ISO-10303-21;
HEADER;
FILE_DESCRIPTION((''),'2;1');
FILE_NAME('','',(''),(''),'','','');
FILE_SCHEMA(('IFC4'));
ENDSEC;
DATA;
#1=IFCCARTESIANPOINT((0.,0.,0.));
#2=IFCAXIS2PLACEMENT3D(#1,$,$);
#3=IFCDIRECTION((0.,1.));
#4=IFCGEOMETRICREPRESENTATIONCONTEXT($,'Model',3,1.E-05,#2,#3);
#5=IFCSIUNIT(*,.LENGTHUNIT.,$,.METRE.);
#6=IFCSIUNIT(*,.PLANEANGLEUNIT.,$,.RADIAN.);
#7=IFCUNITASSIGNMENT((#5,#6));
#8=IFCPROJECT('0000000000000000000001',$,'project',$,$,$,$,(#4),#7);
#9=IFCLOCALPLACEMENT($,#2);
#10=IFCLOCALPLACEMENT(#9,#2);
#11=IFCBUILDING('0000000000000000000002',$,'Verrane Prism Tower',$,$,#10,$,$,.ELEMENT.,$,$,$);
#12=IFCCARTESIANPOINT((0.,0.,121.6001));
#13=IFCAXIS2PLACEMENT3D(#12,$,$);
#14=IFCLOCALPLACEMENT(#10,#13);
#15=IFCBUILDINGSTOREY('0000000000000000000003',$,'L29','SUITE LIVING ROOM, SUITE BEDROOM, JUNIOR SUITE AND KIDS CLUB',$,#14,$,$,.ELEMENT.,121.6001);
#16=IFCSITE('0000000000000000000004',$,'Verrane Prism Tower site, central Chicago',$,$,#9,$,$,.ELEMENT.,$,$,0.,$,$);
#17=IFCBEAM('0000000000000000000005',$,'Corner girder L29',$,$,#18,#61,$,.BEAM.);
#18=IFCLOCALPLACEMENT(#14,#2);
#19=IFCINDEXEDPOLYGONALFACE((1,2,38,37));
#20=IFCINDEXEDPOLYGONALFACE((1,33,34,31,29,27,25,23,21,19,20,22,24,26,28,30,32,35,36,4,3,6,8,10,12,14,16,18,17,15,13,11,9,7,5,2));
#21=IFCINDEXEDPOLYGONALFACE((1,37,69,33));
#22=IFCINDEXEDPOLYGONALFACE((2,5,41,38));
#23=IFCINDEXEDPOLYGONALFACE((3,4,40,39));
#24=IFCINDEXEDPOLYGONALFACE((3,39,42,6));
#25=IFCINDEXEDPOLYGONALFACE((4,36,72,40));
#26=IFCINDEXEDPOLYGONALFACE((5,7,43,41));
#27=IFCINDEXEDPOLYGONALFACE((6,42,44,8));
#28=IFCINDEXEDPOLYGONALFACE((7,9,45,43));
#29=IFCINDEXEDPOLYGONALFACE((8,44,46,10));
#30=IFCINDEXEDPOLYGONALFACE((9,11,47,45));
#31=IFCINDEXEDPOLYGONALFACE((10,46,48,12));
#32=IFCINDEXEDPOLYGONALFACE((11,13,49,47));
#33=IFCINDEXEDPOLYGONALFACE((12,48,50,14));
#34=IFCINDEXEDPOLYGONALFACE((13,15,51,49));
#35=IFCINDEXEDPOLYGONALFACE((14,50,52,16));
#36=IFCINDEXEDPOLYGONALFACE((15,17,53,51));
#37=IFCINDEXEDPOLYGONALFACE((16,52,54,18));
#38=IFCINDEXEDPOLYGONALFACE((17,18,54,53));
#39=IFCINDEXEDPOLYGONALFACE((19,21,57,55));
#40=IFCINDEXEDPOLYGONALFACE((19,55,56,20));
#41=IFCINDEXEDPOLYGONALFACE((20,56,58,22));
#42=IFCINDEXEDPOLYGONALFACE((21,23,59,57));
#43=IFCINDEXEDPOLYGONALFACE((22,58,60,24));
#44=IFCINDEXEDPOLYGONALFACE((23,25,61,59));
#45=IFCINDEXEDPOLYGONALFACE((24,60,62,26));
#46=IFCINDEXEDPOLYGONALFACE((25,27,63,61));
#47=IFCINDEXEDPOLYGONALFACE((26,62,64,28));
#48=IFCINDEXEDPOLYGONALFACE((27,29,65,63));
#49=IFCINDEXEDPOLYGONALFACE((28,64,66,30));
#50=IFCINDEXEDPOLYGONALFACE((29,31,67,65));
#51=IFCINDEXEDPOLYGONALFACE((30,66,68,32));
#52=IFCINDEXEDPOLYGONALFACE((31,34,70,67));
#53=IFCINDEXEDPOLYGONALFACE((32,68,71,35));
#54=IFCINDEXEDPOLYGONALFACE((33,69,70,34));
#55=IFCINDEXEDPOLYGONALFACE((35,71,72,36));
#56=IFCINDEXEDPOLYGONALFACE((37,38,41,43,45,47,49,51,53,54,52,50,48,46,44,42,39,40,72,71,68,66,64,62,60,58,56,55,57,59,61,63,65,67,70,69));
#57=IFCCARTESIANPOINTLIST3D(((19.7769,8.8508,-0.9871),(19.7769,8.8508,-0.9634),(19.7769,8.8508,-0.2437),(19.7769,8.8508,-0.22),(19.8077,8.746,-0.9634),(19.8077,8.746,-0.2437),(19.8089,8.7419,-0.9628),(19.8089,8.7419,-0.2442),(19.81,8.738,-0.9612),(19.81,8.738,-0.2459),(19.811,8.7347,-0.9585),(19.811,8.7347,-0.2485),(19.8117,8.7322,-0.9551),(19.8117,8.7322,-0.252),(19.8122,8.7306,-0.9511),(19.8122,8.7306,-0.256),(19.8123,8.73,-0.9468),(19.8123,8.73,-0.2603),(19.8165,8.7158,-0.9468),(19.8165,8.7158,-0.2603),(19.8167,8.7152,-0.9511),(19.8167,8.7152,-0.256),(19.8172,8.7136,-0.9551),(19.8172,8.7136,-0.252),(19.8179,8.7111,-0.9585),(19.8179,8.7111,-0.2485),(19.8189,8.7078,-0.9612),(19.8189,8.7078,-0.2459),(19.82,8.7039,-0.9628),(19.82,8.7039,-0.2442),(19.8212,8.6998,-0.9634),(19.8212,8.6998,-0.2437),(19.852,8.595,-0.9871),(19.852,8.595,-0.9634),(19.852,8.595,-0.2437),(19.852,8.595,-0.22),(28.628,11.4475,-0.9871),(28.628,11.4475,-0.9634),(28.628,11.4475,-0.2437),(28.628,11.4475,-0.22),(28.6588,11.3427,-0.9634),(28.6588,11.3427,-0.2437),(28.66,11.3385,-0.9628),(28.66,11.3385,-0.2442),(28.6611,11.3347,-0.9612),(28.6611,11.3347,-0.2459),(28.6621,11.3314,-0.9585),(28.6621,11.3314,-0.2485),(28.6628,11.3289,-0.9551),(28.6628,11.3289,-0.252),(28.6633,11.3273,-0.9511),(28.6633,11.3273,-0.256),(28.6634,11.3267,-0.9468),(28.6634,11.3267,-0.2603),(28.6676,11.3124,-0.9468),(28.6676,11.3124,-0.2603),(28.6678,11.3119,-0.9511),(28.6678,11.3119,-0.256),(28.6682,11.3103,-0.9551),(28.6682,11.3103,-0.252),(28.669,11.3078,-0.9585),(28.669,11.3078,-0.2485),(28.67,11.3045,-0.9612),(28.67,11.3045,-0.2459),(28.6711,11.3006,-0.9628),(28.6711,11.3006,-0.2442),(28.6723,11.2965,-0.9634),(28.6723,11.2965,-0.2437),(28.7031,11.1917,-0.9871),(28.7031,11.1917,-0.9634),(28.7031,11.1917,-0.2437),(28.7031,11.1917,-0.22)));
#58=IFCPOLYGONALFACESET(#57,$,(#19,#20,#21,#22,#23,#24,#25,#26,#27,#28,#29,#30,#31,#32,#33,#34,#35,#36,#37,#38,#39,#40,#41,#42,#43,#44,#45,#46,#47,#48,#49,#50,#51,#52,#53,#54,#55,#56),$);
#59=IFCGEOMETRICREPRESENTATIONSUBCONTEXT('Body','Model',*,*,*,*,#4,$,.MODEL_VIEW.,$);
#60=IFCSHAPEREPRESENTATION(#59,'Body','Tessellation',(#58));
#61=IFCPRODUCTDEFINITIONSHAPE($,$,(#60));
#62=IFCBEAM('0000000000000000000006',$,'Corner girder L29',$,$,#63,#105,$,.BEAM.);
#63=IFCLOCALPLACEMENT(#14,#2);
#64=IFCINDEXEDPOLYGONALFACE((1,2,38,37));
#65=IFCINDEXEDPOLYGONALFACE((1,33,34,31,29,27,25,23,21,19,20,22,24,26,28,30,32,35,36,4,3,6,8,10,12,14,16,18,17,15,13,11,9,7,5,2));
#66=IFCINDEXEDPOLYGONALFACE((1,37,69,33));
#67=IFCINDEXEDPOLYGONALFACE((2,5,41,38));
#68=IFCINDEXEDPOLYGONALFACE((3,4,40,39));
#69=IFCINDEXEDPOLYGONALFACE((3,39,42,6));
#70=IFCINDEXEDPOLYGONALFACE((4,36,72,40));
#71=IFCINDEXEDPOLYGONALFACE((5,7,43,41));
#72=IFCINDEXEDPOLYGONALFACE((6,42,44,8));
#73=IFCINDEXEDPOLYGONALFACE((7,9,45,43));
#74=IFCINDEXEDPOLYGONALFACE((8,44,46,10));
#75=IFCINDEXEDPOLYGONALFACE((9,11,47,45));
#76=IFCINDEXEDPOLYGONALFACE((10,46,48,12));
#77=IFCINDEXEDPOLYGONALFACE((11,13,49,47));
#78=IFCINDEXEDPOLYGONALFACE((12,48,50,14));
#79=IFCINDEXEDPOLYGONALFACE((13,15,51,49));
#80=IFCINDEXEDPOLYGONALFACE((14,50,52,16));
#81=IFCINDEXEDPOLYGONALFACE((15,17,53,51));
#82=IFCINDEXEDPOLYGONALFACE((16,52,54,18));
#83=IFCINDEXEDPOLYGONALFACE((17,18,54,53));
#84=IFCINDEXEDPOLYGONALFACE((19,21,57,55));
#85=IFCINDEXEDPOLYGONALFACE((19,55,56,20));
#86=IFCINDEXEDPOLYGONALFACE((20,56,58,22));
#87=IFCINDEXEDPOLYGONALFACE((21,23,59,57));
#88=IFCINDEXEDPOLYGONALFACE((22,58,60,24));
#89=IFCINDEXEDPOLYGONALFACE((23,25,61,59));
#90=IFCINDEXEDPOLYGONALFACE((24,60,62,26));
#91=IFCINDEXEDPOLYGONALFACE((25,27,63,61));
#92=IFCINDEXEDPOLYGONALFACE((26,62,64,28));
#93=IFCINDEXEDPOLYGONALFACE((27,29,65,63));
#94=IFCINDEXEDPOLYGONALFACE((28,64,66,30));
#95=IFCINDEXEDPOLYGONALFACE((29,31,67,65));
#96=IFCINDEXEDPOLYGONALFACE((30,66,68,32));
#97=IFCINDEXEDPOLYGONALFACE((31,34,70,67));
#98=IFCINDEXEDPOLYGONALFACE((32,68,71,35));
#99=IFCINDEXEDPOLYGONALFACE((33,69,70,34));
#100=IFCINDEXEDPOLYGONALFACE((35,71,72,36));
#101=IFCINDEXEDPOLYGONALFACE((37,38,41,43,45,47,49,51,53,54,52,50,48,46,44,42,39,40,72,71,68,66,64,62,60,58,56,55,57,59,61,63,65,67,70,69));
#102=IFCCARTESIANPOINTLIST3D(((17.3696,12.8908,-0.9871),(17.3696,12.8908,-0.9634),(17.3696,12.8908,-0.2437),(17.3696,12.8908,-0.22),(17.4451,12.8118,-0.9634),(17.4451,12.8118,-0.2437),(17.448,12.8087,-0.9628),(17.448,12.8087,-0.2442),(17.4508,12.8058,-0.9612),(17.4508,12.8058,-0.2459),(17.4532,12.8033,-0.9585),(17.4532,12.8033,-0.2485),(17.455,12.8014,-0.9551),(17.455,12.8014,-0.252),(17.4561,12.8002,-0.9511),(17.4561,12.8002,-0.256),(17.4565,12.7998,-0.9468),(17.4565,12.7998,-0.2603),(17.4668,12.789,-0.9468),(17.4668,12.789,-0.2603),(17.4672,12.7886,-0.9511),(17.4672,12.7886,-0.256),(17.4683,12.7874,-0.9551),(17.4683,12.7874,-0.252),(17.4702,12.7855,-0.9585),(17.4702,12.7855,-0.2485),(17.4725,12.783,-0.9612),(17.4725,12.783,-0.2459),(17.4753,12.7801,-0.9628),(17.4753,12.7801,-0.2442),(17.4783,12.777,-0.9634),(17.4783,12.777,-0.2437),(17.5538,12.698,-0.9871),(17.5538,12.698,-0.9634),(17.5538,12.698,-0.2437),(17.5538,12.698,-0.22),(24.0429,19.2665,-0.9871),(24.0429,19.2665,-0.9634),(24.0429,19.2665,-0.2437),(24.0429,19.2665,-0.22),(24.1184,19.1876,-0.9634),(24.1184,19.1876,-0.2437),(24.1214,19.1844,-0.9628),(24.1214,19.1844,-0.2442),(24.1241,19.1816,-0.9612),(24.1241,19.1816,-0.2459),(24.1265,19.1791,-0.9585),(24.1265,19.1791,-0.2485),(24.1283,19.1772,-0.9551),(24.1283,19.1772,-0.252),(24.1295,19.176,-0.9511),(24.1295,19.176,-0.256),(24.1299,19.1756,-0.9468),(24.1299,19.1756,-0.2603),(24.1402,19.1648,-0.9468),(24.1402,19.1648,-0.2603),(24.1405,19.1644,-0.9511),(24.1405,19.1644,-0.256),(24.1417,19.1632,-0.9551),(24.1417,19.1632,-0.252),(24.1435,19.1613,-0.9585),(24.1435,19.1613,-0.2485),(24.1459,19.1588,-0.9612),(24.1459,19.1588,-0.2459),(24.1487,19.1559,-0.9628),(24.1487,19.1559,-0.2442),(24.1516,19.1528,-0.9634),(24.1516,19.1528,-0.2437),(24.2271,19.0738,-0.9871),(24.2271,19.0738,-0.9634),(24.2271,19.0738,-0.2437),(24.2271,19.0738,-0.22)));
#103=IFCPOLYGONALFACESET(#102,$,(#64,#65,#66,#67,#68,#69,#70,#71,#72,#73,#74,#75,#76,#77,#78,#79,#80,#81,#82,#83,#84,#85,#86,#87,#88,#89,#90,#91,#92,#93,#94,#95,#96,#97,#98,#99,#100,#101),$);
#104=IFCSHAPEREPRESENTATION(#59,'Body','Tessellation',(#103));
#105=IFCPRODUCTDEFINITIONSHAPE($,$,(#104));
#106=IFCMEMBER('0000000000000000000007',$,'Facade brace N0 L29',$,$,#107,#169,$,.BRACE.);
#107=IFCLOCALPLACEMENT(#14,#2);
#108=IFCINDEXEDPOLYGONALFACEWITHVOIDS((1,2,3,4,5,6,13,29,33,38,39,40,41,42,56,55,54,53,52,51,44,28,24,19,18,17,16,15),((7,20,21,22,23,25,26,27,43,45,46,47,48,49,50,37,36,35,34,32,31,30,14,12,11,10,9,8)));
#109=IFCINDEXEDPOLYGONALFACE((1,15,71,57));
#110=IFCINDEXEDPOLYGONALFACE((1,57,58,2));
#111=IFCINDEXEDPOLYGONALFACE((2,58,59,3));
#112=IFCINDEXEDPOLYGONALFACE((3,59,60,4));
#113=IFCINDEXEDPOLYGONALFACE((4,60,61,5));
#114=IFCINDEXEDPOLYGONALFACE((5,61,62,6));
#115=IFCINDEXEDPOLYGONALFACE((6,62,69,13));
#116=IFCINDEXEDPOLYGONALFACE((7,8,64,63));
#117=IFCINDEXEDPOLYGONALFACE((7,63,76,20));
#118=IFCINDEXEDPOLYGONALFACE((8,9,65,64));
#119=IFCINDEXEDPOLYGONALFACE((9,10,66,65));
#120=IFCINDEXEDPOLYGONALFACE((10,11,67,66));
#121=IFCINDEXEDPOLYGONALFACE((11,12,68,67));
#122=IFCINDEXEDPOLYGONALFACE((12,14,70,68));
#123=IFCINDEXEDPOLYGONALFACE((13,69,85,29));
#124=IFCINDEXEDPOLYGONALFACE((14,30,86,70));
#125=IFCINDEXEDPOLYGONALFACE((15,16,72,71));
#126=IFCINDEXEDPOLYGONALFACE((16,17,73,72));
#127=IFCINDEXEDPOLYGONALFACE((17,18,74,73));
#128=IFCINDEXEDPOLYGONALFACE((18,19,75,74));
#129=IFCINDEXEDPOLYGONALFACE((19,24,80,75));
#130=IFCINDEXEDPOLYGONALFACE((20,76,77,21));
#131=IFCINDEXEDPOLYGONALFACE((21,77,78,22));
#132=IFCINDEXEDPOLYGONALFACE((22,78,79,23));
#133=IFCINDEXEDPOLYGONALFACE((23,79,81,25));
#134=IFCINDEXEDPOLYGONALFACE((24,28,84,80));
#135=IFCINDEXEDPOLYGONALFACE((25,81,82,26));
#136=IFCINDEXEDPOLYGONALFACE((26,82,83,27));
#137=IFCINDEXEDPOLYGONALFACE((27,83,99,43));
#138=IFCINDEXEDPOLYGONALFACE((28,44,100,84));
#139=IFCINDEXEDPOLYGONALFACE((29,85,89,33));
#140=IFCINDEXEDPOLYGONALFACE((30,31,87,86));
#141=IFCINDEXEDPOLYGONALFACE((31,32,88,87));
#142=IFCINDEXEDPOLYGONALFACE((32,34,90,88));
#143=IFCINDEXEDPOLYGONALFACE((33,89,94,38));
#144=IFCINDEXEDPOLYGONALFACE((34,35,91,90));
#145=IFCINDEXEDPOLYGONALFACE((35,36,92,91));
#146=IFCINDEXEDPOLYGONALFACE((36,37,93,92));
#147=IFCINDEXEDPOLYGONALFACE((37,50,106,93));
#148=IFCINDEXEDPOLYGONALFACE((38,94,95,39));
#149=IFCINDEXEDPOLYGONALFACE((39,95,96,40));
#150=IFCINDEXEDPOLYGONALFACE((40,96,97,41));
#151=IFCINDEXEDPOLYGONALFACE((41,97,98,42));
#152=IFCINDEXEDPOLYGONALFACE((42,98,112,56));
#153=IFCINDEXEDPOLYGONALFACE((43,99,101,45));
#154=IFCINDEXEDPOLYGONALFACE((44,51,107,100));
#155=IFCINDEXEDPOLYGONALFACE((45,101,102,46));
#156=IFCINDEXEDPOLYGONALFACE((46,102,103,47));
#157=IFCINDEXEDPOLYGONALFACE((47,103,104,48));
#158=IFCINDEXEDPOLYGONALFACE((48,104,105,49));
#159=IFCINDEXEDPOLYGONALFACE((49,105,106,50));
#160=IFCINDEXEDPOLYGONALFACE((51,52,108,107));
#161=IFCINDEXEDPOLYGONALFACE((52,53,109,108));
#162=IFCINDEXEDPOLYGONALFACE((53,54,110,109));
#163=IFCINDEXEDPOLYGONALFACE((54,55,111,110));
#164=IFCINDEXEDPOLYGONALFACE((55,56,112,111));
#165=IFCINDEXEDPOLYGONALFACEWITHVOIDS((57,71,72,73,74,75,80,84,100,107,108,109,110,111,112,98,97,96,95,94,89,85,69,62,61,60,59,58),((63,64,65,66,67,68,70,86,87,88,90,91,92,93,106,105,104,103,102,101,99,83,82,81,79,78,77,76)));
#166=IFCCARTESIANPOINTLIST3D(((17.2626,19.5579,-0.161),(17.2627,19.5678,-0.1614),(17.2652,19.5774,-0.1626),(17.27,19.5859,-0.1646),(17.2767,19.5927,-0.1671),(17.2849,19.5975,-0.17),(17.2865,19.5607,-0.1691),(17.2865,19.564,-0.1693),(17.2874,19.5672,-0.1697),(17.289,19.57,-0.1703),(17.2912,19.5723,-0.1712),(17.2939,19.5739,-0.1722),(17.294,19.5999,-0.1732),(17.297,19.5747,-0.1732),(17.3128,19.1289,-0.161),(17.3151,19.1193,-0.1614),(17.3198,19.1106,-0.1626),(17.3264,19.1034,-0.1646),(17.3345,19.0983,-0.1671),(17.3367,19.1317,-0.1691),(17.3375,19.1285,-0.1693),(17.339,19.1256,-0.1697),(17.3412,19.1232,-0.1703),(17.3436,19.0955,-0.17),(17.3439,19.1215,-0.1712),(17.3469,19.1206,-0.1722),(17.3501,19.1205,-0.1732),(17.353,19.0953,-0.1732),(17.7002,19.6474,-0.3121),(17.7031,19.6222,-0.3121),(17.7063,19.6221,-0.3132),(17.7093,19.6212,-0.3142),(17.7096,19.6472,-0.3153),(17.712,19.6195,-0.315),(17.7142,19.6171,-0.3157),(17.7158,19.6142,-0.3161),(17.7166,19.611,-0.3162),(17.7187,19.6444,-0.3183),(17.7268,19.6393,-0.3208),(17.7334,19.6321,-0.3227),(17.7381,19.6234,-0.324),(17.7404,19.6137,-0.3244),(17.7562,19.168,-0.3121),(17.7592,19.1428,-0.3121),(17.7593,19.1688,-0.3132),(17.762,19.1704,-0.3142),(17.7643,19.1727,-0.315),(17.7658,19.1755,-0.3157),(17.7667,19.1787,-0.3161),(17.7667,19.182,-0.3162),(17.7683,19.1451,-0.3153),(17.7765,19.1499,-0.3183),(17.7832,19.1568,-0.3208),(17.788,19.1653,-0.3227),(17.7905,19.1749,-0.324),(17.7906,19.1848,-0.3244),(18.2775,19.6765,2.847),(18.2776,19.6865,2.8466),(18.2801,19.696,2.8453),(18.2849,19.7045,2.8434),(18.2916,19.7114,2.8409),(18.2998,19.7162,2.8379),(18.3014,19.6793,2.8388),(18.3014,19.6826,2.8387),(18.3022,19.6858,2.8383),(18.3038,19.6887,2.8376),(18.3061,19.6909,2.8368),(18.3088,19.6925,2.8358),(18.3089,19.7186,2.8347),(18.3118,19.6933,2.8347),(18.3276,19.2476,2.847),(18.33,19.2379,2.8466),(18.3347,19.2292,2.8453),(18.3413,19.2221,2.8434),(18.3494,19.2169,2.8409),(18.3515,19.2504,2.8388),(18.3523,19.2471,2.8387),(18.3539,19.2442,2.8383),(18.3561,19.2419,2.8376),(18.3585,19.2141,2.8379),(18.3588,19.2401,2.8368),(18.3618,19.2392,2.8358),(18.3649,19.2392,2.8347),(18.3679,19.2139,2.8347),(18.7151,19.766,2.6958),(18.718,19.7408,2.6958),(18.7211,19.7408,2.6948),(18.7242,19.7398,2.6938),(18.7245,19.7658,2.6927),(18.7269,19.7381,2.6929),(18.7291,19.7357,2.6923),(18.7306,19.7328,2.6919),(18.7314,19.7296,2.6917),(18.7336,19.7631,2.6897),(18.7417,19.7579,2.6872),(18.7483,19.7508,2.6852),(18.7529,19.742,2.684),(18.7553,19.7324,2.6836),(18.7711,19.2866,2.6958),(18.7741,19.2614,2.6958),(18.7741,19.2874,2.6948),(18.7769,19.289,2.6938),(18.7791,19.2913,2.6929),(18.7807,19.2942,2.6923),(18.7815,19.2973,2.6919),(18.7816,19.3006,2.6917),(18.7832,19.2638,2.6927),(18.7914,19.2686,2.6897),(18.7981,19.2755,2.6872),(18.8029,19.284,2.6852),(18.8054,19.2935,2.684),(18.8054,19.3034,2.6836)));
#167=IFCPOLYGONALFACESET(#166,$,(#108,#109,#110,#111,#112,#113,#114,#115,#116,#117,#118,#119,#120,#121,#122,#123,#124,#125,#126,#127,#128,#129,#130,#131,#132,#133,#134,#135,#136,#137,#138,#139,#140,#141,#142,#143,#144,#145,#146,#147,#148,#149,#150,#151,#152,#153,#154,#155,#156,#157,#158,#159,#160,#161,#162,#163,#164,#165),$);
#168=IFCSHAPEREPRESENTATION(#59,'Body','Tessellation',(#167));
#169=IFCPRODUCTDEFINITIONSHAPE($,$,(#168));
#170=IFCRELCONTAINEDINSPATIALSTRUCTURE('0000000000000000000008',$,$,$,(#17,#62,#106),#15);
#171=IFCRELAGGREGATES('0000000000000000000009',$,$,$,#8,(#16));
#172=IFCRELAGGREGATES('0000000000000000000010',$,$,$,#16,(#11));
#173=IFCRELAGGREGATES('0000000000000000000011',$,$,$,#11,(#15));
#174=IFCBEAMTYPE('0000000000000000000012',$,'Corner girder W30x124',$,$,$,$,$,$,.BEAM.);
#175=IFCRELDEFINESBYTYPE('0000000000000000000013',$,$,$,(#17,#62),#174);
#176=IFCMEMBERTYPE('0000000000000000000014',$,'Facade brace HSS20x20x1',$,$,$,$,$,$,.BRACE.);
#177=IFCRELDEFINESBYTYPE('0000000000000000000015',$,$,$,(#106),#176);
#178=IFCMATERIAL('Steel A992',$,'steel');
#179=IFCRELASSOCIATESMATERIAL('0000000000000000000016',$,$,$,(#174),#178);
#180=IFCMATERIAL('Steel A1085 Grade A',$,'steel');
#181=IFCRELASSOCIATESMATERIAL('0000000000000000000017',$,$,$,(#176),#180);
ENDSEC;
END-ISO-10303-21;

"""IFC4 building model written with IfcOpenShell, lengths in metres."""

from ifc_helpers import new_model, si_unit, direction, frame, origin, origin_2d, place, context, subcontext, project, spatial, hollow_rectangle, i_section, extrude, material, material_profile, profile_set, type_object, element, save


model = new_model("IFC4")

# Units and contexts
model_context = context("Model", 3, precision=1e-05, world=origin(), true_north=direction((0.0, 1.0)))
body_context = subcontext(model_context, "Body", "Model", "MODEL_VIEW")
ifc_project = project(units=[si_unit("LENGTHUNIT", "METRE"), si_unit("PLANEANGLEUNIT", "RADIAN")], contexts=[model_context])

# Site, building, storey
site_placement = place(None, origin())
site = spatial("IfcSite", under=ifc_project, at=site_placement, Name="Verrane Prism Tower site, central Chicago", CompositionType="ELEMENT", RefElevation=0.0)
building_placement = place(site_placement, origin())
building = spatial("IfcBuilding", under=site, at=building_placement, Name="Verrane Prism Tower", CompositionType="ELEMENT")
storey_placement = place(building_placement, frame((0.0, 0.0, 121.6001)))
storey = spatial("IfcBuildingStorey", under=building, at=storey_placement, Name="L29", Description="SUITE LIVING ROOM, SUITE BEDROOM, JUNIOR SUITE AND KIDS CLUB", CompositionType="ELEMENT", Elevation=121.6001)

# Beams
ifc_material_1 = material(Name="Steel A992", Category="steel")
ifc_material_profile_1 = material_profile(ifc_material_1, i_section(OverallWidth=0.2666, OverallDepth=0.7671, WebThickness=0.0149, FlangeThickness=0.0237, FilletRadius=0.0166, at=origin_2d()), Name="W30x124")
ifc_profile_set_1 = profile_set([ifc_material_profile_1], Name="Steel A992")
beam_type_1 = type_object("IfcBeamType", Name="Corner girder W30x124", PredefinedType="BEAM", material=ifc_profile_set_1)
beam_1_placement = place(storey_placement, frame((28.6655, 11.3196, -0.6035), z_axis=(-0.959558, -0.28151, 0.0), x_axis=(0.28151, -0.959558, 0.0)))
element("IfcBeam", 1, at=beam_1_placement, inside=storey, type_object=beam_type_1, Name="Corner girder L29", PredefinedType="BEAM", context=body_context, shape_type="SweptSolid", body=[
    extrude(i_section(OverallWidth=0.2666, OverallDepth=0.7671, WebThickness=0.0149, FlangeThickness=0.0237, FilletRadius=0.0166, at=origin_2d()), origin(), (0.0, 0.0, 1.0), 9.2241),
])
beam_2_placement = place(storey_placement, frame((24.135, 19.1702, -0.6035), z_axis=(-0.723046, -0.6908, 0.0), x_axis=(0.6908, -0.723046, 0.0)))
element("IfcBeam", 2, at=beam_2_placement, inside=storey, type_object=beam_type_1, Name="Corner girder L29", PredefinedType="BEAM", context=body_context, shape_type="SweptSolid", body=[
    extrude(i_section(OverallWidth=0.2666, OverallDepth=0.7671, WebThickness=0.0149, FlangeThickness=0.0237, FilletRadius=0.0166, at=origin_2d()), origin(), (0.0, 0.0, 1.0), 9.2295),
])

# Member
ifc_material_2 = material(Name="Steel A1085 Grade A", Category="steel")
ifc_material_profile_2 = material_profile(ifc_material_2, hollow_rectangle(XDim=0.5081, YDim=0.5081, WallThickness=0.0254, InnerFilletRadius=0.0127, OuterFilletRadius=0.0381, at=origin_2d()), Name="HSS20x20x1")
ifc_profile_set_2 = profile_set([ifc_material_profile_2], Name="Steel A1085 Grade A")
member_type_1 = type_object("IfcMemberType", Name="Facade brace HSS20x20x1", PredefinedType="BRACE", material=ifc_profile_set_2)
member_1_placement = place(storey_placement, frame((17.5266, 19.3713, -0.2427), z_axis=(0.319463, 0.037349, 0.946862), x_axis=(-0.11612, 0.993235, 0.0)))
element("IfcMember", 3, at=member_1_placement, inside=storey, type_object=member_type_1, Name="Facade brace N0 L29", PredefinedType="BRACE", context=body_context, shape_type="SweptSolid", body=[
    extrude(hollow_rectangle(XDim=0.5081, YDim=0.5081, WallThickness=0.0254, InnerFilletRadius=0.0127, OuterFilletRadius=0.0381, at=origin_2d()), origin(), (0.0, 0.0, 1.0), 3.1768),
])

save(model, "model.ifc")
